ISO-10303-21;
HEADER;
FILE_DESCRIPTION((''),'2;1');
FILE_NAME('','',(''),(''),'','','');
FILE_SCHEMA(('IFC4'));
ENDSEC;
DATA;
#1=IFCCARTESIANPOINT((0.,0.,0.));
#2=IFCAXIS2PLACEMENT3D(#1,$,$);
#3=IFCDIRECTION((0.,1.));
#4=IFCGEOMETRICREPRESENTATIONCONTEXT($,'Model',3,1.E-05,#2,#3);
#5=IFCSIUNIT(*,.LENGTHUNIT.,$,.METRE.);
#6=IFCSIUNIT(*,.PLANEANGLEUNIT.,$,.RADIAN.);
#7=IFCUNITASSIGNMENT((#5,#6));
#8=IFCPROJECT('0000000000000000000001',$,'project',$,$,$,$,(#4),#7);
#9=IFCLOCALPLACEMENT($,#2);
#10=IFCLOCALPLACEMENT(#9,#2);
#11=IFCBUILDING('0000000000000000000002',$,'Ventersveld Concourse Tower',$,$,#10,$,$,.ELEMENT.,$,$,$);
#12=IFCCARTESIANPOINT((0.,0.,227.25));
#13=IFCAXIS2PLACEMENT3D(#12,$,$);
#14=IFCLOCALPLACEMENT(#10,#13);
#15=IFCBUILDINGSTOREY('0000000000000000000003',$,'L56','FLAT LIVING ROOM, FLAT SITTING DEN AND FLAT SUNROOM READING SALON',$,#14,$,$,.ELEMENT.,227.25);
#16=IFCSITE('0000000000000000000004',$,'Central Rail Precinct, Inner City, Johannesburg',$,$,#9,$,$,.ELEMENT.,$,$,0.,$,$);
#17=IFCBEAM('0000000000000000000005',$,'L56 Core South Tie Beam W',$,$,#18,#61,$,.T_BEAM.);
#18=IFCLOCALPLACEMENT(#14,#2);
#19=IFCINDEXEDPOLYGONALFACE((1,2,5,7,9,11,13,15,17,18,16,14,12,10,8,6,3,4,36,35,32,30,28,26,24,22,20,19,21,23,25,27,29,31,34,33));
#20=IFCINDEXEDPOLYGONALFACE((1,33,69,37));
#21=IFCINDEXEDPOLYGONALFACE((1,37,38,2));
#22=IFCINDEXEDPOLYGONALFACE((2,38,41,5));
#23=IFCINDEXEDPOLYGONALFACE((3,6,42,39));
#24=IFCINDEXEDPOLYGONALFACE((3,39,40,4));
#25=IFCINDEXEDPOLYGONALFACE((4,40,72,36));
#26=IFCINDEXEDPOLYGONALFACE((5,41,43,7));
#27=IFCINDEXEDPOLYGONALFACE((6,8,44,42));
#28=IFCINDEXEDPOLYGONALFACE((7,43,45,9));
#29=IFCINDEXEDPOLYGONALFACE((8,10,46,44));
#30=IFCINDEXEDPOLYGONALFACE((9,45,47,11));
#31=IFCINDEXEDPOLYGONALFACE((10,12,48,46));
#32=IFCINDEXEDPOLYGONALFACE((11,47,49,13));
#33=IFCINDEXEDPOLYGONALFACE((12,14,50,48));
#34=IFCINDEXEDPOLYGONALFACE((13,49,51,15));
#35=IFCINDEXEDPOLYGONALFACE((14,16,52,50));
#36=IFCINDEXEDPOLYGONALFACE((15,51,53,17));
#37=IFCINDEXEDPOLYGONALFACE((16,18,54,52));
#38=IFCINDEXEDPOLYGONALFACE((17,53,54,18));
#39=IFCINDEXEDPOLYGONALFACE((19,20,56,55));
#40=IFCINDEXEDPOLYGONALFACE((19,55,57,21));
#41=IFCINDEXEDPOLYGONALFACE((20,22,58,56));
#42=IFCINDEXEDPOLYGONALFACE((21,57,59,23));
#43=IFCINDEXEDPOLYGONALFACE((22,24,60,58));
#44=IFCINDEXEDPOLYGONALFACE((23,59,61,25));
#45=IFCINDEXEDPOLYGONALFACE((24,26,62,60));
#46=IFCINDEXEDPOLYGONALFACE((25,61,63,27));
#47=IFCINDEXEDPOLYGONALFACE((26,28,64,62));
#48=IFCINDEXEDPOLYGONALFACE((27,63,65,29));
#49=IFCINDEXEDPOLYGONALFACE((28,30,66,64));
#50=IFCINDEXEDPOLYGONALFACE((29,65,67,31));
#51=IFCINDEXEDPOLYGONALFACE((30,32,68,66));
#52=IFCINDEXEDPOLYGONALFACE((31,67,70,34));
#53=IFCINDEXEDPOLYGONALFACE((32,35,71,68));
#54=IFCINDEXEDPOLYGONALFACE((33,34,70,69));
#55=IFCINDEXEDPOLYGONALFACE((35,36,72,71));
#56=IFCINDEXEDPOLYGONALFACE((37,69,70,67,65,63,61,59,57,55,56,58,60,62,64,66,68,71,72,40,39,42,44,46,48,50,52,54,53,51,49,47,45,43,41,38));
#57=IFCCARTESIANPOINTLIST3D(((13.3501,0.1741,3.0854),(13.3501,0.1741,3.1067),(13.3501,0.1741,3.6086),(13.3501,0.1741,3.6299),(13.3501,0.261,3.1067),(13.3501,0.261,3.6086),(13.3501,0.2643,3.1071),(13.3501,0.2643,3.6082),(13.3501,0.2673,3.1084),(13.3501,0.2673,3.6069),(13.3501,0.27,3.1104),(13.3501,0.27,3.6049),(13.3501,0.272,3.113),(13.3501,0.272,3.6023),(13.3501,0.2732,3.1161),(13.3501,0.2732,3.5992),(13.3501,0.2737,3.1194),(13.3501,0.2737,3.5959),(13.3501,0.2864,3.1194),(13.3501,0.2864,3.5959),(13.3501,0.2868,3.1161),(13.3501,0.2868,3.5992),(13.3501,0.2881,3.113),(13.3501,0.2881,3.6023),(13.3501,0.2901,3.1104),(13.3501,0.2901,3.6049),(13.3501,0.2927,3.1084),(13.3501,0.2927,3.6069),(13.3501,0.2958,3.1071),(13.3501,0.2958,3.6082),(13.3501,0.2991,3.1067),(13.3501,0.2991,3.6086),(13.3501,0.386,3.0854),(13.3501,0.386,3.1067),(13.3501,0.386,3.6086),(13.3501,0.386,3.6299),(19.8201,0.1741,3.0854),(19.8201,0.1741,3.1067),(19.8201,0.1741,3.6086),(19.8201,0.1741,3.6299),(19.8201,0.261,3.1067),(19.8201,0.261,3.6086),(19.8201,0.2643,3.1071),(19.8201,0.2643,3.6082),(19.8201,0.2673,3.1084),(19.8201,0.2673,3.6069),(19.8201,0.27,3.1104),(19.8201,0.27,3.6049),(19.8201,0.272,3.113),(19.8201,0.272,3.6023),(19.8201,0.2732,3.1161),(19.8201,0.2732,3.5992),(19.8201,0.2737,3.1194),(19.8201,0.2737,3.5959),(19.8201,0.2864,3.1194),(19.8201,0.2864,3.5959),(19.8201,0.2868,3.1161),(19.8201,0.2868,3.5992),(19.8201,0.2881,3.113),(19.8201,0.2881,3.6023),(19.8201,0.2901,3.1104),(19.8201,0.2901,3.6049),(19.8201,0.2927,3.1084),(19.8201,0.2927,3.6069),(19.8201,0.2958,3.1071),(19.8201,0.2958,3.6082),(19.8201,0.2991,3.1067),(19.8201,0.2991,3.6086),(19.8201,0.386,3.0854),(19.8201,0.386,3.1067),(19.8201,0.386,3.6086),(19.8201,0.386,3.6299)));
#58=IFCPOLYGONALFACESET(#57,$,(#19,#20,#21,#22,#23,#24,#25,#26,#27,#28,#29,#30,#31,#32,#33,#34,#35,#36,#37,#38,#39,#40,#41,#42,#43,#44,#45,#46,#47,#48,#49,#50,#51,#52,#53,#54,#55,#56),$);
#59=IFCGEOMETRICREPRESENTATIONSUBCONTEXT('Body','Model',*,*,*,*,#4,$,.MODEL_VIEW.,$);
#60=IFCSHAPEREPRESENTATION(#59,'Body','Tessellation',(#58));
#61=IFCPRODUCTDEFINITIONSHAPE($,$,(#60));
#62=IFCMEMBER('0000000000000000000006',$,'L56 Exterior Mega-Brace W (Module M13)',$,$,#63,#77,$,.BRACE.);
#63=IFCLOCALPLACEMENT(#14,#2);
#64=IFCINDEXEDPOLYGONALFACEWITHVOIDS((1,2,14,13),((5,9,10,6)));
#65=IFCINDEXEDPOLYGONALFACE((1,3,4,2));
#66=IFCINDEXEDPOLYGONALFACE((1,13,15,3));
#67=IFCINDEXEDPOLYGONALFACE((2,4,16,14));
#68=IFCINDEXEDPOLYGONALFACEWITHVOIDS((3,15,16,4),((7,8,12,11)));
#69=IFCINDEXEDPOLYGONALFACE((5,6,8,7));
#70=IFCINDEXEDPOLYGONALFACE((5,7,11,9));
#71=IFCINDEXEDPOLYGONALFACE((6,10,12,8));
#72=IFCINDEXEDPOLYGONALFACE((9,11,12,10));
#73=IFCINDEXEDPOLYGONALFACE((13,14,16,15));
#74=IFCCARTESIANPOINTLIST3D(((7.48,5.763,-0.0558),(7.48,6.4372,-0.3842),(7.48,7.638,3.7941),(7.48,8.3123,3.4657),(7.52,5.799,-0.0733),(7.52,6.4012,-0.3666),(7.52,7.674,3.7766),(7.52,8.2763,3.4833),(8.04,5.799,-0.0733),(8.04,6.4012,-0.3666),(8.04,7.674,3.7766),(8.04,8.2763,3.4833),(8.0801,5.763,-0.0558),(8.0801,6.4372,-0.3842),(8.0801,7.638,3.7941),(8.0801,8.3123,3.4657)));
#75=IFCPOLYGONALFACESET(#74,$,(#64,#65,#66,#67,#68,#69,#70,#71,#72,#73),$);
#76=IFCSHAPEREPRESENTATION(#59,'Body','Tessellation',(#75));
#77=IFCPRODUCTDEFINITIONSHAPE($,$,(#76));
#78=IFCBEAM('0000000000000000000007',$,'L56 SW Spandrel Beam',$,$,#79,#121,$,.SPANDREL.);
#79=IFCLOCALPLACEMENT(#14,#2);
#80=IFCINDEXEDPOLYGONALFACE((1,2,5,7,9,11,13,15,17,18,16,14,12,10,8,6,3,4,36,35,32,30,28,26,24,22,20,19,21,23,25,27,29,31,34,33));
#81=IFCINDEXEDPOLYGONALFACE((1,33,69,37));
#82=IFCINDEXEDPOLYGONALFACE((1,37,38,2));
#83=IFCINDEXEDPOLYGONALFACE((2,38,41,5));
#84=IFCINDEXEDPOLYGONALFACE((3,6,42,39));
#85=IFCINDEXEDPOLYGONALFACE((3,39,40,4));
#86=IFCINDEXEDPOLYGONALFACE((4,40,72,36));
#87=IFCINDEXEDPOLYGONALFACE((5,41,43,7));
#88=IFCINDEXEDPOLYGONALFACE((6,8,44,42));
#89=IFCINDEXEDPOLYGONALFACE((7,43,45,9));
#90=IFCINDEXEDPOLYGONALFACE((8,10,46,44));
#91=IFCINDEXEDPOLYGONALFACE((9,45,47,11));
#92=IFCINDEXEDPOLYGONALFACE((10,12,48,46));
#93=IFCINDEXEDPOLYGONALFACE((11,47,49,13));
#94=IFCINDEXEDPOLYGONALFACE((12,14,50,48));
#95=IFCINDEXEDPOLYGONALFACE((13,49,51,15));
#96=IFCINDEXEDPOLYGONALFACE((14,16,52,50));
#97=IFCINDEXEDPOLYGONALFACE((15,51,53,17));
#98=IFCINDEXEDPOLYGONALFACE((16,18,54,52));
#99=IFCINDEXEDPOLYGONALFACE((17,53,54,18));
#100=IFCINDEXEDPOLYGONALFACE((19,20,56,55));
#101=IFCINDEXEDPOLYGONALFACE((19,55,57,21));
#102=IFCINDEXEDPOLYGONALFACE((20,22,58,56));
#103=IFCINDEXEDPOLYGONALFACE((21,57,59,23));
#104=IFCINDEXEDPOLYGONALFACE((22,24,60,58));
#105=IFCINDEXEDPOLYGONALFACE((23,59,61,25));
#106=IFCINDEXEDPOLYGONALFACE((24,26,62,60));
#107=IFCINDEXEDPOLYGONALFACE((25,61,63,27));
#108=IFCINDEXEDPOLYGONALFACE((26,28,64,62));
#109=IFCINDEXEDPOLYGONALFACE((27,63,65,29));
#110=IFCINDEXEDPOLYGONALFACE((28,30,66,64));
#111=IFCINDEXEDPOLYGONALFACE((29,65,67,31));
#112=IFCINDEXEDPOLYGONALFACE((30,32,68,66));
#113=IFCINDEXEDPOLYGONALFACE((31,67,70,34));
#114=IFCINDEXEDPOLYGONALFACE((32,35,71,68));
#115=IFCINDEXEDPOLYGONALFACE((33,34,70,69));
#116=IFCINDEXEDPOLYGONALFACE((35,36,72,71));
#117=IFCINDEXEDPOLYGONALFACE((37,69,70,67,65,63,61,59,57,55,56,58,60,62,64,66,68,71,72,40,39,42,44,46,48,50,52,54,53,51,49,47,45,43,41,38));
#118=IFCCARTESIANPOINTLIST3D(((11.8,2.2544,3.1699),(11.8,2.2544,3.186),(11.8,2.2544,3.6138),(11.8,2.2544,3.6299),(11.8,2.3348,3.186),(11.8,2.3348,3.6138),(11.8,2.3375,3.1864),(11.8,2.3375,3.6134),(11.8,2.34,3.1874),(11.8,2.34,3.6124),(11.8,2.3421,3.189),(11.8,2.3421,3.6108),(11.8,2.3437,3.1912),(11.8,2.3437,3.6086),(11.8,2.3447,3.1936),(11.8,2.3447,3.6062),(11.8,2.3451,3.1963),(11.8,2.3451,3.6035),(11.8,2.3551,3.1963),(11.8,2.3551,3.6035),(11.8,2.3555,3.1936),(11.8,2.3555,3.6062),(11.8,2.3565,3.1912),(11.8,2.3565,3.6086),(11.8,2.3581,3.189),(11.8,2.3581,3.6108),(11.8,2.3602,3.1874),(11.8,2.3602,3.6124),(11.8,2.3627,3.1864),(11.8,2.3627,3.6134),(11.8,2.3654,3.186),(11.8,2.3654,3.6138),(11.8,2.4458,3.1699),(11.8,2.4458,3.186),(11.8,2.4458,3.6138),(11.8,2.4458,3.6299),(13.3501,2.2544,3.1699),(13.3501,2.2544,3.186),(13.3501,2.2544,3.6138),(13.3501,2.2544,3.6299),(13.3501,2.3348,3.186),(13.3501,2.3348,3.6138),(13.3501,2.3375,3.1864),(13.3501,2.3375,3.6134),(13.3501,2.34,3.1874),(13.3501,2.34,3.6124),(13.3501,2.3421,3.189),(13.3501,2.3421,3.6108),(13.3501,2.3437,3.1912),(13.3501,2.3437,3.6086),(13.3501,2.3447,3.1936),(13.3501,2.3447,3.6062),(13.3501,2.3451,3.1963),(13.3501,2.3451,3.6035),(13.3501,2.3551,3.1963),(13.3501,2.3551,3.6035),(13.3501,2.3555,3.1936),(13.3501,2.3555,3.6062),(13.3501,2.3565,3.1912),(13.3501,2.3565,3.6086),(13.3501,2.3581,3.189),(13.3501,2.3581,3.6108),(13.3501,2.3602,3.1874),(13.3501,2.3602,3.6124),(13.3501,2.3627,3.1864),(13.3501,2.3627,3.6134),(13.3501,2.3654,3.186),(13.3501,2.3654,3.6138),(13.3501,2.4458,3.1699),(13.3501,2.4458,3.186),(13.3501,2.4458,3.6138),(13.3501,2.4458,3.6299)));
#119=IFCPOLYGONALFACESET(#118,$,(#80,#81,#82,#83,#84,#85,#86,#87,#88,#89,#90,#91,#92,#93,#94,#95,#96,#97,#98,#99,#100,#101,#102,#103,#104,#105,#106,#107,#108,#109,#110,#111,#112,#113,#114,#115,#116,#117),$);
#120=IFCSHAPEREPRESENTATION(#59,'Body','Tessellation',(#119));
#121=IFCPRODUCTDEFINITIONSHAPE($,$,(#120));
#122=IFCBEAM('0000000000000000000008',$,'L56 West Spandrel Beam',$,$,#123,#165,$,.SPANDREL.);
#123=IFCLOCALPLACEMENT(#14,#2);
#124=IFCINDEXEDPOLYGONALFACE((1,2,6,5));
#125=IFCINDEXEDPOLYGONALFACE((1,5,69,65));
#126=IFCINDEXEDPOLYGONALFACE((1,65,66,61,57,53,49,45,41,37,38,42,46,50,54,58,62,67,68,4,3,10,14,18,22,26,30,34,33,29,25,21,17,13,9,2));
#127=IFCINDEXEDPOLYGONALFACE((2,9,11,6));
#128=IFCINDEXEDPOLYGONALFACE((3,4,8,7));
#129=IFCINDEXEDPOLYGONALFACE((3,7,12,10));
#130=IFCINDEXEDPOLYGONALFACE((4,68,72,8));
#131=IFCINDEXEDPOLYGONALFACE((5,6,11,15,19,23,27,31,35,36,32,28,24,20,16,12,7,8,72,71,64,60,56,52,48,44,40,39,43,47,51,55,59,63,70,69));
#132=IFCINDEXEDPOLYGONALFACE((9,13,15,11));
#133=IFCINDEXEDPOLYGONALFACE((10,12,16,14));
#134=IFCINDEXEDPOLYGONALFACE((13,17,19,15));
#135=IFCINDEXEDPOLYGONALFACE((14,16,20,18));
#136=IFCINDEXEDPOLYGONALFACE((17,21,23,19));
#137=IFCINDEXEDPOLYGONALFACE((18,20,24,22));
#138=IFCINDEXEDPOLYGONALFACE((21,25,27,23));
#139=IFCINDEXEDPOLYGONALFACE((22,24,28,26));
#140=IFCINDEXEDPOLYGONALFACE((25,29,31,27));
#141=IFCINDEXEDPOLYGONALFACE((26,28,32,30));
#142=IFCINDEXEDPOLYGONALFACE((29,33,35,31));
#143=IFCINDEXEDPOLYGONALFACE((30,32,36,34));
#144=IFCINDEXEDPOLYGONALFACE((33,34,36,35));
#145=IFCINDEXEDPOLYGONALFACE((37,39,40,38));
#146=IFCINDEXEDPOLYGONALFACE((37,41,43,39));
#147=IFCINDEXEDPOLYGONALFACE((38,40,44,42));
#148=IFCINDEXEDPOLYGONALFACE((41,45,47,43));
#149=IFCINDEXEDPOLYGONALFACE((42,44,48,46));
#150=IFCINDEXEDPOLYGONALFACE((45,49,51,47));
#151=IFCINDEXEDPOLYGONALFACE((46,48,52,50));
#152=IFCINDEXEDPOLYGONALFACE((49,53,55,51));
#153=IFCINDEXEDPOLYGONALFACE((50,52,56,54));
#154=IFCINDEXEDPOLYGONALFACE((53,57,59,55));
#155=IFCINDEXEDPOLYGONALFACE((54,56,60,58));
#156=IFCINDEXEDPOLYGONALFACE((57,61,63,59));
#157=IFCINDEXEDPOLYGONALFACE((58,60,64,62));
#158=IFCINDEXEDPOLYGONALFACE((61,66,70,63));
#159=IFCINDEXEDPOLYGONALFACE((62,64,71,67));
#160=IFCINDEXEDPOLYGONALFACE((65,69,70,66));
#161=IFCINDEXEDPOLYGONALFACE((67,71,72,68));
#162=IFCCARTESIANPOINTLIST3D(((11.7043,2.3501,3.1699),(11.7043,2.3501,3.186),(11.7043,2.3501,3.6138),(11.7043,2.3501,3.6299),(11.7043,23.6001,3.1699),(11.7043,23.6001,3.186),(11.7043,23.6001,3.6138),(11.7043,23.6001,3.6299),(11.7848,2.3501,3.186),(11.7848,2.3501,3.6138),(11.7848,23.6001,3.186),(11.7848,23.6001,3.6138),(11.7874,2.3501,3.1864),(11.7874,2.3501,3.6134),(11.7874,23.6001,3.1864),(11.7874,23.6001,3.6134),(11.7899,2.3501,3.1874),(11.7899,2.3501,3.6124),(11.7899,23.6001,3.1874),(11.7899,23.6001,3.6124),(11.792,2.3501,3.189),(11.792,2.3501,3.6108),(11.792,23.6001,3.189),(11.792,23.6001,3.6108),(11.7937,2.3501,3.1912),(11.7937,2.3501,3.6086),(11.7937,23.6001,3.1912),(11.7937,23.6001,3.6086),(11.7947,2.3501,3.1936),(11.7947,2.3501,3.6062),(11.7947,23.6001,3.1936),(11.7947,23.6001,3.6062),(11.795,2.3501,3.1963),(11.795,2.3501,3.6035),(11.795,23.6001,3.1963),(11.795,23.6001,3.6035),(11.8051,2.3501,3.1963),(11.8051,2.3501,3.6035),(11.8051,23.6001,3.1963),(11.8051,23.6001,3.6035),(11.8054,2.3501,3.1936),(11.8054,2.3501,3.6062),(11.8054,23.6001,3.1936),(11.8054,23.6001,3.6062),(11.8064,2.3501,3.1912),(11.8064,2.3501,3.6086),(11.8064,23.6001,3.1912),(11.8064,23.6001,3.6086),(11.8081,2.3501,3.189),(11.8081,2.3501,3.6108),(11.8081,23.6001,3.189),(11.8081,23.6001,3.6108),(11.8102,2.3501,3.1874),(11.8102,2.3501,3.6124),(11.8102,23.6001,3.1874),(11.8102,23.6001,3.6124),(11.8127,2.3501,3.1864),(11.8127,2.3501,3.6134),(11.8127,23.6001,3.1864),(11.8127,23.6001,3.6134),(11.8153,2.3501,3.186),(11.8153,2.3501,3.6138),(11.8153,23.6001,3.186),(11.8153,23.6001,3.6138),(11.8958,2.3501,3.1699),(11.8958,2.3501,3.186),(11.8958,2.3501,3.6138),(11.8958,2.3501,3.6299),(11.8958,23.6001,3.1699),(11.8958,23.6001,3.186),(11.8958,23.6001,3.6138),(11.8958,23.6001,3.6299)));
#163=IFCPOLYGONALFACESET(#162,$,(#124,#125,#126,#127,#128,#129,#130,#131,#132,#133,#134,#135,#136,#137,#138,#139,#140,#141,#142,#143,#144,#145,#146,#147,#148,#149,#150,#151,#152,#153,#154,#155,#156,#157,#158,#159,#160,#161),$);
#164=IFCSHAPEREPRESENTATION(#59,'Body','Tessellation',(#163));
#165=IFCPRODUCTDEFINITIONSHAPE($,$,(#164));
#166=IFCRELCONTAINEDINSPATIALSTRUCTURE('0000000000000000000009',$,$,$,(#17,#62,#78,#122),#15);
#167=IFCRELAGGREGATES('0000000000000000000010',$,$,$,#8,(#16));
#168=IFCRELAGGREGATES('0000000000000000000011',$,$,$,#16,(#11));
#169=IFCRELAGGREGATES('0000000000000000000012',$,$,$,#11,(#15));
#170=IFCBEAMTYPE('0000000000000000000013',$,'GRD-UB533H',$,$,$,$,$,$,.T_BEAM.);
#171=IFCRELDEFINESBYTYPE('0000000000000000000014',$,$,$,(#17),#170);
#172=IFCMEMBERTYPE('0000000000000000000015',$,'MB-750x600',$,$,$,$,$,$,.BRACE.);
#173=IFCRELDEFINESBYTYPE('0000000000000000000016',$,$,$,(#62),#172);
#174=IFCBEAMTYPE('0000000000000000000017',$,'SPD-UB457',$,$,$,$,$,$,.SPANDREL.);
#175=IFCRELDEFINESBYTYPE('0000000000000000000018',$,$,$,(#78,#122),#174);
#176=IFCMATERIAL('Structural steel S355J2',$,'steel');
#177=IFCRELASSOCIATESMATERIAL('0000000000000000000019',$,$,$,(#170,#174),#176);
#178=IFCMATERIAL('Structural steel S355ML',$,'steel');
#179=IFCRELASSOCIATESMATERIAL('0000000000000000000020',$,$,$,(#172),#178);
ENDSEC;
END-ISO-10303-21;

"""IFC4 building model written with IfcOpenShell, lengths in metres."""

from ifc_helpers import new_model, si_unit, direction, frame, origin, origin_2d, place, context, subcontext, project, spatial, hollow_rectangle, i_section, extrude, material, material_profile, profile_set, type_object, element, save


model = new_model("IFC4")

# Units and contexts
model_context = context("Model", 3, precision=1e-05, world=origin(), true_north=direction((0.0, 1.0)))
body_context = subcontext(model_context, "Body", "Model", "MODEL_VIEW")
ifc_project = project(units=[si_unit("LENGTHUNIT", "METRE"), si_unit("PLANEANGLEUNIT", "RADIAN")], contexts=[model_context])

# Site, building, storey
site_placement = place(None, origin())
site = spatial("IfcSite", under=ifc_project, at=site_placement, Name="Central Rail Precinct, Inner City, Johannesburg", CompositionType="ELEMENT", RefElevation=0.0)
building_placement = place(site_placement, origin())
building = spatial("IfcBuilding", under=site, at=building_placement, Name="Ventersveld Concourse Tower", CompositionType="ELEMENT")
storey_placement = place(building_placement, frame((0.0, 0.0, 227.25)))
storey = spatial("IfcBuildingStorey", under=building, at=storey_placement, Name="L56", Description="FLAT LIVING ROOM, FLAT SITTING DEN AND FLAT SUNROOM READING SALON", CompositionType="ELEMENT", Elevation=227.25)

# Beam
ifc_material_1 = material(Name="Structural steel S355J2", Category="steel")
ifc_material_profile_1 = material_profile(ifc_material_1, i_section(OverallWidth=0.2119, OverallDepth=0.5444, WebThickness=0.0127, FlangeThickness=0.0212, FilletRadius=0.0127, at=origin_2d()), Name="UB 533x210x122")
ifc_profile_set_1 = profile_set([ifc_material_profile_1], Name="Structural steel S355J2")
beam_type_1 = type_object("IfcBeamType", Name="GRD-UB533H", PredefinedType="T_BEAM", material=ifc_profile_set_1)
beam_1_placement = place(storey_placement, frame((13.3501, 0.28, 3.3577), z_axis=(1.0, 0.0, 0.0), x_axis=(0.0, 1.0, 0.0)))
element("IfcBeam", 1, at=beam_1_placement, inside=storey, type_object=beam_type_1, Name="L56 Core South Tie Beam W", PredefinedType="T_BEAM", context=body_context, shape_type="SweptSolid", body=[
    extrude(i_section(OverallWidth=0.2119, OverallDepth=0.5444, WebThickness=0.0127, FlangeThickness=0.0212, FilletRadius=0.0127, at=origin_2d()), origin(), (0.0, 0.0, 1.0), 6.47),
])

# Member
ifc_material_2 = material(Name="Structural steel S355ML", Category="steel")
ifc_material_profile_2 = material_profile(ifc_material_2, hollow_rectangle(XDim=0.6001, YDim=0.75, WallThickness=0.04, at=origin_2d()), Name="BOX 750x600x40")
ifc_profile_set_2 = profile_set([ifc_material_profile_2], Name="Structural steel S355ML")
member_type = type_object("IfcMemberType", Name="MB-750x600", PredefinedType="BRACE", material=ifc_profile_set_2)
member_placement = place(storey_placement, frame((7.78, 6.1001, -0.22), z_axis=(0.0, 0.437862, 0.899042), x_axis=(-1.0, 0.0, 0.0)))
element("IfcMember", 2, at=member_placement, inside=storey, type_object=member_type, Name="L56 Exterior Mega-Brace W (Module M13)", PredefinedType="BRACE", context=body_context, shape_type="SweptSolid", body=[
    extrude(hollow_rectangle(XDim=0.6001, YDim=0.75, WallThickness=0.04, at=origin_2d()), origin(), (0.0, 0.0, 1.0), 4.2822),
])

# Beams
ifc_material_profile_3 = material_profile(ifc_material_1, i_section(OverallWidth=0.1914, OverallDepth=0.46, WebThickness=0.01, FlangeThickness=0.0161, FilletRadius=0.0103, at=origin_2d()), Name="UB 457x191x82")
ifc_profile_set_3 = profile_set([ifc_material_profile_3], Name="Structural steel S355J2")
beam_type_2 = type_object("IfcBeamType", Name="SPD-UB457", PredefinedType="SPANDREL", material=ifc_profile_set_3)
beam_2_placement = place(storey_placement, frame((11.8, 2.3501, 3.3999), z_axis=(1.0, 0.0, 0.0), x_axis=(0.0, 1.0, 0.0)))
element("IfcBeam", 3, at=beam_2_placement, inside=storey, type_object=beam_type_2, Name="L56 SW Spandrel Beam", PredefinedType="SPANDREL", context=body_context, shape_type="SweptSolid", body=[
    extrude(i_section(OverallWidth=0.1914, OverallDepth=0.46, WebThickness=0.01, FlangeThickness=0.0161, FilletRadius=0.0103, at=origin_2d()), origin(), (0.0, 0.0, 1.0), 1.55),
])
beam_3_placement = place(storey_placement, frame((11.8, 2.3501, 3.3999), z_axis=(0.0, 1.0, 0.0), x_axis=(-1.0, 0.0, 0.0)))
element("IfcBeam", 4, at=beam_3_placement, inside=storey, type_object=beam_type_2, Name="L56 West Spandrel Beam", PredefinedType="SPANDREL", context=body_context, shape_type="SweptSolid", body=[
    extrude(i_section(OverallWidth=0.1914, OverallDepth=0.46, WebThickness=0.01, FlangeThickness=0.0161, FilletRadius=0.0103, at=origin_2d()), origin(), (0.0, 0.0, 1.0), 21.25),
])

save(model, "model.ifc")
